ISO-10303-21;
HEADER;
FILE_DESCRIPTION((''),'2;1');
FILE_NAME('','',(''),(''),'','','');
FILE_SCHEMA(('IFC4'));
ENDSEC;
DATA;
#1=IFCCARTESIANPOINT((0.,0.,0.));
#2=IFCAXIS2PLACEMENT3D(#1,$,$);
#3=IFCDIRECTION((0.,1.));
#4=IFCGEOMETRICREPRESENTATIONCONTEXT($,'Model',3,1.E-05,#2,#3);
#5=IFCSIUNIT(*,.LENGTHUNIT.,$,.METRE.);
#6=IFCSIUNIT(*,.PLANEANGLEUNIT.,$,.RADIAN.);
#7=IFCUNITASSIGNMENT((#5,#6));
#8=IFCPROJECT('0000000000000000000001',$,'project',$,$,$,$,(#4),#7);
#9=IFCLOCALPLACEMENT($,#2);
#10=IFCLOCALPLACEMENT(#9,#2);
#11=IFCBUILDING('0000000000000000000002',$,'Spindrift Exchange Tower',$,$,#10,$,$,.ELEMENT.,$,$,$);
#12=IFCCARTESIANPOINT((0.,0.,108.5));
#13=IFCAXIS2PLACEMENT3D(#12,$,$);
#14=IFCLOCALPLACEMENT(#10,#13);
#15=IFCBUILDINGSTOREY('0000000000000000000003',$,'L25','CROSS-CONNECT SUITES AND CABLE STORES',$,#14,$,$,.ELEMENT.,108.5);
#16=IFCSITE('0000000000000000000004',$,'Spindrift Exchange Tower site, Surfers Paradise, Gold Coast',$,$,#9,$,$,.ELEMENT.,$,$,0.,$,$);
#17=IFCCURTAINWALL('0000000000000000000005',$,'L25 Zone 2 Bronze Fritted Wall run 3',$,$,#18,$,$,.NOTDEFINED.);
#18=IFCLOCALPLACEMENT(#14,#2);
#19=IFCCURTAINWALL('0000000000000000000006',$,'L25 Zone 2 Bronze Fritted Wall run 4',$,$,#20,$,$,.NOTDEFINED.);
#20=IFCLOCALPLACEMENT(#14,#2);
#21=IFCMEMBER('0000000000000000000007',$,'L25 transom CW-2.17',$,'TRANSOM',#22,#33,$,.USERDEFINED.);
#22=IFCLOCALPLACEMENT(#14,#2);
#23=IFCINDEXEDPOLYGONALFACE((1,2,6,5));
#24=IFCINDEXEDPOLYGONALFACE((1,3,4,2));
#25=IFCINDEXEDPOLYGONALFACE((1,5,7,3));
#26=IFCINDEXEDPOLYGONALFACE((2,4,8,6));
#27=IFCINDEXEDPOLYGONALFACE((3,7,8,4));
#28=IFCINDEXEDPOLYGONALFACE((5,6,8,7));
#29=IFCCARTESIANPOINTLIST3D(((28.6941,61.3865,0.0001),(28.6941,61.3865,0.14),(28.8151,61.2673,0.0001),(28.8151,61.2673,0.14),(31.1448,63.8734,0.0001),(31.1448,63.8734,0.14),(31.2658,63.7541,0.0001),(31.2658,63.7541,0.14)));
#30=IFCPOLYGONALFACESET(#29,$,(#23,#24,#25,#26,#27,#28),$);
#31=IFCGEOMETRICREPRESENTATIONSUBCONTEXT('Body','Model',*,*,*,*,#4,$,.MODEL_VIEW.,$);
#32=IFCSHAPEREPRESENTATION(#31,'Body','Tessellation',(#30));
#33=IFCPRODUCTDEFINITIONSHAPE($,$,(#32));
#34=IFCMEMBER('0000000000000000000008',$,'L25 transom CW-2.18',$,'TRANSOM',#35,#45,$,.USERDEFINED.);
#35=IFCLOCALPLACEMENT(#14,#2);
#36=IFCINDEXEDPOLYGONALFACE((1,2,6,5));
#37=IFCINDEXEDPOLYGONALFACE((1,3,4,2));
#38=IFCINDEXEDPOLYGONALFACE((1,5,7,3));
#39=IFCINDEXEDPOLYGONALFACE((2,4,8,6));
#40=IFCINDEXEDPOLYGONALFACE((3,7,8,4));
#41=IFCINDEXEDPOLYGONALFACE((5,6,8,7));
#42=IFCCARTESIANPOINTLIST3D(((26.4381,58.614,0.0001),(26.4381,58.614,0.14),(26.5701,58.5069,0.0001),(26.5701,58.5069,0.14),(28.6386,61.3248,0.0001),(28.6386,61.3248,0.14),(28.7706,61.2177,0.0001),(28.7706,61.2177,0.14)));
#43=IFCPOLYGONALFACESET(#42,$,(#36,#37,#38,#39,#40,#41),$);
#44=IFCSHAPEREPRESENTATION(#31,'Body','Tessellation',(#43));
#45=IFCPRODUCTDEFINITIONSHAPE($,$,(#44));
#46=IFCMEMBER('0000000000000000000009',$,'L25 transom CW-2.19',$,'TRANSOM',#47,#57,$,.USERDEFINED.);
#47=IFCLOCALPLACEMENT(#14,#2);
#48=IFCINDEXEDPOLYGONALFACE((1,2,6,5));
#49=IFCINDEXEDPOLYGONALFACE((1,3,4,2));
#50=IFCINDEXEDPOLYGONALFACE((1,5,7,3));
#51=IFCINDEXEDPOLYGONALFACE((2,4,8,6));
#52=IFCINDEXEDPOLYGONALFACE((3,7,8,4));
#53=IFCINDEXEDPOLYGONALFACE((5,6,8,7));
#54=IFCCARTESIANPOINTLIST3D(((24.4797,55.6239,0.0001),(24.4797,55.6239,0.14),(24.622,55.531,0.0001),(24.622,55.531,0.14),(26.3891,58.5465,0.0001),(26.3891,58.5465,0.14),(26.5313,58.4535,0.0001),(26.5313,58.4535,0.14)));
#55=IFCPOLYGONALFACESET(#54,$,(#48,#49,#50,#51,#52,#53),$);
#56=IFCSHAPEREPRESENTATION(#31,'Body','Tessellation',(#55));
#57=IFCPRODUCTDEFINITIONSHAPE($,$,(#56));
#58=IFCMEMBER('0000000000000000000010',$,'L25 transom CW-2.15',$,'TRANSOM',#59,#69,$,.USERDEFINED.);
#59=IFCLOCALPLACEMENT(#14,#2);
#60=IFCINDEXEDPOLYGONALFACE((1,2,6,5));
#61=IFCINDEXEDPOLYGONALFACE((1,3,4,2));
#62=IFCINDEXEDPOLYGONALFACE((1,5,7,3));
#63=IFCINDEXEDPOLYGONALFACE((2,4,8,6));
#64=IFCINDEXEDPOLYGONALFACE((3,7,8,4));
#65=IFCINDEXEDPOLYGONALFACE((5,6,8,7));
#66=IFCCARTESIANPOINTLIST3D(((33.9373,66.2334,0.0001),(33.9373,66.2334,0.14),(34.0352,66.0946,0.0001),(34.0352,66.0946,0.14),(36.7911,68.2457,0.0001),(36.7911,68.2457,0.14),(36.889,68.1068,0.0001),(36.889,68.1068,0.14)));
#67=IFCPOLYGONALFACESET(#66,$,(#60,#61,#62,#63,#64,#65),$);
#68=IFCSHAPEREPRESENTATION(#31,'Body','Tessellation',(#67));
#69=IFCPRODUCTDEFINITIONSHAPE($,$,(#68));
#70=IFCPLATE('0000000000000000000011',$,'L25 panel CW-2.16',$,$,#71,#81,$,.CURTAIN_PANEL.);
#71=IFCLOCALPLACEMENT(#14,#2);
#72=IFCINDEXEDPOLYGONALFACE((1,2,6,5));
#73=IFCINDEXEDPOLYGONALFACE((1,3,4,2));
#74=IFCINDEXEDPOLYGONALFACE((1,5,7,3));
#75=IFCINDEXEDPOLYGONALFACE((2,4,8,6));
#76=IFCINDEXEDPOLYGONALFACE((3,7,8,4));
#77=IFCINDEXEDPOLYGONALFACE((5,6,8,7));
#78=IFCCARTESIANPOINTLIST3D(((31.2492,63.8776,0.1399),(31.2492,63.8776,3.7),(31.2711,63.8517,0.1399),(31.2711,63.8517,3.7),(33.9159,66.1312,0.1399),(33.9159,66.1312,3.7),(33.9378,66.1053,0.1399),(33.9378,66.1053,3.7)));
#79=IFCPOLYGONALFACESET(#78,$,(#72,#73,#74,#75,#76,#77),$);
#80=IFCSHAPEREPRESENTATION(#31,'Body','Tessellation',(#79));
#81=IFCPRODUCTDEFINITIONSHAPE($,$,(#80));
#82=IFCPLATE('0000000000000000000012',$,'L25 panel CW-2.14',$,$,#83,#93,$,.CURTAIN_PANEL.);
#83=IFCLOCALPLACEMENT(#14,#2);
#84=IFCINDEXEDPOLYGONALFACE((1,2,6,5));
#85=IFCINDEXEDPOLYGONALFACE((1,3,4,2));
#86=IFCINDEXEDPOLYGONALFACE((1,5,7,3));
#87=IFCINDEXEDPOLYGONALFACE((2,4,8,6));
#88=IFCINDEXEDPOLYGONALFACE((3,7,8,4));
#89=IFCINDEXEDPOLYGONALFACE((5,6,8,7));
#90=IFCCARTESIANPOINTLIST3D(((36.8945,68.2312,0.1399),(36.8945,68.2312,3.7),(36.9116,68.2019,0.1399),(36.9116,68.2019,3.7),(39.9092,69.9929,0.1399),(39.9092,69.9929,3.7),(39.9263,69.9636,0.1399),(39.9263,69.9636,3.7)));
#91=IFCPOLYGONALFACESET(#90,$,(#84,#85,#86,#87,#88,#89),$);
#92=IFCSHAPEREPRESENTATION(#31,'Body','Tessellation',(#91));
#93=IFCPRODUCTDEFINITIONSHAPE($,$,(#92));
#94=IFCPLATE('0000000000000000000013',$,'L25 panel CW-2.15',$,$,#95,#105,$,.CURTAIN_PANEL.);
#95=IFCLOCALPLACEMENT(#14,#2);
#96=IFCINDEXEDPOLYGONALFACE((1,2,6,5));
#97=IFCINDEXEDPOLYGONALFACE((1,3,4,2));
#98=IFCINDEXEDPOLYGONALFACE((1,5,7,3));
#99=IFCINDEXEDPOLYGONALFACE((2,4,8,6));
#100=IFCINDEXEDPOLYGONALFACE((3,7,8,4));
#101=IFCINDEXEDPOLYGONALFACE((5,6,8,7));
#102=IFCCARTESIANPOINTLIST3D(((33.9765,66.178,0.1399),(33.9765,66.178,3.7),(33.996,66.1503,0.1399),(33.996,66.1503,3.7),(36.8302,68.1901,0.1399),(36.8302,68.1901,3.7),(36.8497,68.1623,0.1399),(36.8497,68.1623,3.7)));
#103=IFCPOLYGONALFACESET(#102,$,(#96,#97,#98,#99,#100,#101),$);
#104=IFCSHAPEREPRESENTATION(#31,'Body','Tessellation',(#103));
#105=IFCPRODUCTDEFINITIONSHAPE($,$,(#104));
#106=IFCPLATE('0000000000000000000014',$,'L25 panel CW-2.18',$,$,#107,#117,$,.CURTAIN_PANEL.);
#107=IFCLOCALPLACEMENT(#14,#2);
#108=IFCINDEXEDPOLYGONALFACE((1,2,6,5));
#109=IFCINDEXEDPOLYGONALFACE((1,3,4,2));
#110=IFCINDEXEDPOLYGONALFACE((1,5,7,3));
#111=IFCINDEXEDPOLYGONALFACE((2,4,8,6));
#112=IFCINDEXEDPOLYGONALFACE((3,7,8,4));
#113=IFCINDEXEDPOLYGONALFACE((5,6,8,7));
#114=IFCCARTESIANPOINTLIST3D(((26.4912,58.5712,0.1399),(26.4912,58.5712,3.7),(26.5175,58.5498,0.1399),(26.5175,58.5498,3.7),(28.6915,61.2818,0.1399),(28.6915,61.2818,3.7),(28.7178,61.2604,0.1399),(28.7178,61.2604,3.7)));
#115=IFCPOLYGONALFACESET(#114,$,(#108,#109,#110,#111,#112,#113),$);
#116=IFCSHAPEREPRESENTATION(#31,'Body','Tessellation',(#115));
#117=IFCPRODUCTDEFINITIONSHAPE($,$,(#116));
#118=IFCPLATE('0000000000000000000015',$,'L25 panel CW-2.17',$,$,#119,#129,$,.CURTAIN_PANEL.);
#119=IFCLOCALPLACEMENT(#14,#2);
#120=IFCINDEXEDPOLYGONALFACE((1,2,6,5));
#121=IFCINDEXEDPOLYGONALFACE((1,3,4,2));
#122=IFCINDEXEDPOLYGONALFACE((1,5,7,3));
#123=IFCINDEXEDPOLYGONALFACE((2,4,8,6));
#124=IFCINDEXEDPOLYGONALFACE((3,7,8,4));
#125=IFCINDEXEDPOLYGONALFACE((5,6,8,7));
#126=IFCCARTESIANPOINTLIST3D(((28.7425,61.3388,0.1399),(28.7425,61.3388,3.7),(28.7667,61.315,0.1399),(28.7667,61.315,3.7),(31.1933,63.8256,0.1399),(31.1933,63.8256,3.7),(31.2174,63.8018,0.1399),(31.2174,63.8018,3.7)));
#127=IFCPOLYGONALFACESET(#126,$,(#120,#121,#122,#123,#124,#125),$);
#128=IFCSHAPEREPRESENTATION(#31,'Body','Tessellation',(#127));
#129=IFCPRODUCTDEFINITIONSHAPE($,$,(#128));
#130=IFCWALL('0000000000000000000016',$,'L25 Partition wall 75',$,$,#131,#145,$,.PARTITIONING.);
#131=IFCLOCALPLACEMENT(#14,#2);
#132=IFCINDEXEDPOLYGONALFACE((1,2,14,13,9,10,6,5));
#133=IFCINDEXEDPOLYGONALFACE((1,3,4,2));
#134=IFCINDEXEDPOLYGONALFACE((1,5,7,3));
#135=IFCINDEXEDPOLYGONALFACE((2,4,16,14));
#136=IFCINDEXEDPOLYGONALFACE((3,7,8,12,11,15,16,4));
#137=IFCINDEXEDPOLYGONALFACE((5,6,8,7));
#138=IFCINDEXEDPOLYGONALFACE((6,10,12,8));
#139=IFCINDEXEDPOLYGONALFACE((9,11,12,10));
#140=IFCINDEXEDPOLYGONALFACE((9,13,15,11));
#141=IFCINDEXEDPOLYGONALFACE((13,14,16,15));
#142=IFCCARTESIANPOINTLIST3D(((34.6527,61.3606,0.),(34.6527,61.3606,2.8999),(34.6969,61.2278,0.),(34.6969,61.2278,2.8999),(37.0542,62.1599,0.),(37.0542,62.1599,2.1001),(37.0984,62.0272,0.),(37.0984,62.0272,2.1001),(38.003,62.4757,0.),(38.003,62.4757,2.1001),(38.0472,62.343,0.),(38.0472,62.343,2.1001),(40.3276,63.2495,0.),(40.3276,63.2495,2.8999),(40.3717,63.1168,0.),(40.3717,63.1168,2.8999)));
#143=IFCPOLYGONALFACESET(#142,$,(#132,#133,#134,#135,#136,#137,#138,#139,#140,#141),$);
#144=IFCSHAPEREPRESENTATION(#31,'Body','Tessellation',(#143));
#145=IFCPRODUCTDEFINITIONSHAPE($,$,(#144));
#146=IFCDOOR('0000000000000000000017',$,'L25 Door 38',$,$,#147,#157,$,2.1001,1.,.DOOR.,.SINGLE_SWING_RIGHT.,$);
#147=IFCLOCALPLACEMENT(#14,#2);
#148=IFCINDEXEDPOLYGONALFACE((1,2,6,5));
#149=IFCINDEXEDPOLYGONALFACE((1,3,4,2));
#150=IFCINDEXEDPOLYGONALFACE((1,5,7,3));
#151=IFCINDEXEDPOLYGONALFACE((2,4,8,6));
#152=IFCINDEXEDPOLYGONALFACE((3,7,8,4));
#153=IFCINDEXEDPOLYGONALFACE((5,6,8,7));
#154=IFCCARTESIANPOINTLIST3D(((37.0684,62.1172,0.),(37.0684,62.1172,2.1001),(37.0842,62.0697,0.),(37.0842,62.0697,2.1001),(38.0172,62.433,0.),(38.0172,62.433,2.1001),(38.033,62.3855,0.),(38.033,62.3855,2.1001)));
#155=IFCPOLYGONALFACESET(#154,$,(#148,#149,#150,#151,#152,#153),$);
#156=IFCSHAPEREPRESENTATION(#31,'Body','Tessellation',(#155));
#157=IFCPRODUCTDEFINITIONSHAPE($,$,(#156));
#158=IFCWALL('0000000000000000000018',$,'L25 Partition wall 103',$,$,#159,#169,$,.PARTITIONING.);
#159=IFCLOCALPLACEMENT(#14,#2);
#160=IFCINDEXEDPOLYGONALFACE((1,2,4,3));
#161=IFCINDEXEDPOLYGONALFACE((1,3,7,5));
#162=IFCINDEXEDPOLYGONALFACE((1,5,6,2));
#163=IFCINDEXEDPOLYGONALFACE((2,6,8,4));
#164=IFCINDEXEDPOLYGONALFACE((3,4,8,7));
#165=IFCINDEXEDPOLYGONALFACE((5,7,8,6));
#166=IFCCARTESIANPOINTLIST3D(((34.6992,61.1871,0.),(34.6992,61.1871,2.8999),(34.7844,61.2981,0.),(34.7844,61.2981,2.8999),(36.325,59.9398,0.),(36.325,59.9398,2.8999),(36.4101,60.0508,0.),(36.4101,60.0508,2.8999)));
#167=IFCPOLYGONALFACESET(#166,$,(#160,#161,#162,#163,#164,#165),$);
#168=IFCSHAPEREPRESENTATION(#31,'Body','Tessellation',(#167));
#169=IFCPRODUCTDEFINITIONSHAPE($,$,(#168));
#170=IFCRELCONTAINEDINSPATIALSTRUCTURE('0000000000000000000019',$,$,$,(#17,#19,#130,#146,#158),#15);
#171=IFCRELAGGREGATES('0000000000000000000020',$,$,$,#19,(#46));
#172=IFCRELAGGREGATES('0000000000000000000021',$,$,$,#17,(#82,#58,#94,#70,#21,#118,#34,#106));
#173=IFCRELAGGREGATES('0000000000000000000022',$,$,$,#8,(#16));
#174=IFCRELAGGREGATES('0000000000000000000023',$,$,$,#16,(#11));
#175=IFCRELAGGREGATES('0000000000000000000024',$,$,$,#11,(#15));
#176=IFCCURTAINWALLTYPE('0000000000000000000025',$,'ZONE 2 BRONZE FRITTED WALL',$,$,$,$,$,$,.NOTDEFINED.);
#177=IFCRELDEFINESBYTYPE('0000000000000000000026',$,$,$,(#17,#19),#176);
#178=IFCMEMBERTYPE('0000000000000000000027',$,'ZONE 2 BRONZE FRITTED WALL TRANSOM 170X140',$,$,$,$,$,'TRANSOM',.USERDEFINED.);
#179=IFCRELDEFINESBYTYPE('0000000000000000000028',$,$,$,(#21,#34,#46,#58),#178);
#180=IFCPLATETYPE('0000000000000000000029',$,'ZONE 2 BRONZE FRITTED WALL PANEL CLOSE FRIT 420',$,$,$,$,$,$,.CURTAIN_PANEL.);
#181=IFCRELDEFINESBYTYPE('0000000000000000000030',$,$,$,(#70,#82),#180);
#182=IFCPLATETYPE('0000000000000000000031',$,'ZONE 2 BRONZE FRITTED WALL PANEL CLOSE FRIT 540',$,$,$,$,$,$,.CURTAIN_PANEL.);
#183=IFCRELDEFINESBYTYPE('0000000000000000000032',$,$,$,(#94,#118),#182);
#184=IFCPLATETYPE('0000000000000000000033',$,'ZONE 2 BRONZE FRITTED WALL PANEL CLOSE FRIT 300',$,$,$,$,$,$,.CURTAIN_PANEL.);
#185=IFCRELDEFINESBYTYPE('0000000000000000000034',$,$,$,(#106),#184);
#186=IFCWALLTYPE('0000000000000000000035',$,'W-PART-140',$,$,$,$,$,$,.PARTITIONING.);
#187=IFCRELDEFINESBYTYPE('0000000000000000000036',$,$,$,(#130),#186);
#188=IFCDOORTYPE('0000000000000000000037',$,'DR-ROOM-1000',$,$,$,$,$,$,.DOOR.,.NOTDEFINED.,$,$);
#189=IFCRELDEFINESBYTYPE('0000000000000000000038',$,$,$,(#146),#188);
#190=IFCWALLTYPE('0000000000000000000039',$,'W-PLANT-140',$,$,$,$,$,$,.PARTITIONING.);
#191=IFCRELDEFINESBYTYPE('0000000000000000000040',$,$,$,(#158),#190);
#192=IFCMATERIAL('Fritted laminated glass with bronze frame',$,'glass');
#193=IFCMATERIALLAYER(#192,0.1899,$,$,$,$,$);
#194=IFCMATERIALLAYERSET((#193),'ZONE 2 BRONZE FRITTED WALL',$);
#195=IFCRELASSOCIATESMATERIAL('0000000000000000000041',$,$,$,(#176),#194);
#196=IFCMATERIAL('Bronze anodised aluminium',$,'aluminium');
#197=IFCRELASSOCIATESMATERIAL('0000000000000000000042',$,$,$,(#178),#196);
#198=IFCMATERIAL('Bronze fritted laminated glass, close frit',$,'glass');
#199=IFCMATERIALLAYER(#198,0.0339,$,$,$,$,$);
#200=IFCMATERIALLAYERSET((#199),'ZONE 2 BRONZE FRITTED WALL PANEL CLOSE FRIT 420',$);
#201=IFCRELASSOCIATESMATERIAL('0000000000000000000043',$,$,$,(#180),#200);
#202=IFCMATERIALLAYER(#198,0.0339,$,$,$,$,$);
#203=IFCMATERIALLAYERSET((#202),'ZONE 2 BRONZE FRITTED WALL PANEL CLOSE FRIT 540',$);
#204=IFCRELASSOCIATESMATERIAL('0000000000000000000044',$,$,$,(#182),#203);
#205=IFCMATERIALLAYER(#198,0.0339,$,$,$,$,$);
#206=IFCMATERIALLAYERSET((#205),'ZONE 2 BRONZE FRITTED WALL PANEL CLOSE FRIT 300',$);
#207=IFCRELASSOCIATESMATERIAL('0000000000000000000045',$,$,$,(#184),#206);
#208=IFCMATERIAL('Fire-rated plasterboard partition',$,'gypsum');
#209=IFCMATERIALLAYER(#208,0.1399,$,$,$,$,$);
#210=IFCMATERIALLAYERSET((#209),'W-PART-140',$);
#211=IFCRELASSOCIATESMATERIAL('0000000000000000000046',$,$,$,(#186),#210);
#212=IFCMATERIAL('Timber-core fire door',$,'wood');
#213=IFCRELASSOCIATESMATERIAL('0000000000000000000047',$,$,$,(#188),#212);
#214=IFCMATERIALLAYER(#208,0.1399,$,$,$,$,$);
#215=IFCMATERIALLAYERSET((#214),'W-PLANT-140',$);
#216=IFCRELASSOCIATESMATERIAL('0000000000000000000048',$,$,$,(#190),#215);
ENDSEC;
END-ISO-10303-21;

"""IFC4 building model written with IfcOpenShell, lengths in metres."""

from ifc_helpers import new_model, si_unit, direction, frame, frame_2d, origin, origin_2d, place, context, subcontext, project, spatial, rectangle, extrude, source, transform, mapped, material, layer, layer_set, material_profile, profile_set, type_object, element, fill, aggregate, save


model = new_model("IFC4")

# Units and contexts
model_context = context("Model", 3, precision=1e-05, world=origin(), true_north=direction((0.0, 1.0)))
body_context = subcontext(model_context, "Body", "Model", "MODEL_VIEW")
ifc_project = project(units=[si_unit("LENGTHUNIT", "METRE"), si_unit("PLANEANGLEUNIT", "RADIAN")], contexts=[model_context])

# Site, building, storey
site_placement = place(None, origin())
site = spatial("IfcSite", under=ifc_project, at=site_placement, Name="Spindrift Exchange Tower site, Surfers Paradise, Gold Coast", CompositionType="ELEMENT", RefElevation=0.0)
building_placement = place(site_placement, origin())
building = spatial("IfcBuilding", under=site, at=building_placement, Name="Spindrift Exchange Tower", CompositionType="ELEMENT")
storey_placement = place(building_placement, frame((0.0, 0.0, 108.5)))
storey = spatial("IfcBuildingStorey", under=building, at=storey_placement, Name="L25", Description="CROSS-CONNECT SUITES AND CABLE STORES", CompositionType="ELEMENT", Elevation=108.5)

# Curtain wall
ifc_material_1 = material(Name="Fritted laminated glass with bronze frame", Category="glass")
ifc_layer_1 = layer(ifc_material_1, 0.1899)
ifc_layer_set_1 = layer_set([ifc_layer_1], Name="ZONE 2 BRONZE FRITTED WALL")
curtain_wall_type = type_object("IfcCurtainWallType", Name="ZONE 2 BRONZE FRITTED WALL", PredefinedType="NOTDEFINED", material=ifc_layer_set_1)
curtain_wall_1_placement = place(storey_placement, origin())
curtain_wall_1 = element("IfcCurtainWall", 1, at=curtain_wall_1_placement, inside=storey, type_object=curtain_wall_type, Name="L25 Zone 2 Bronze Fritted Wall run 3", PredefinedType="NOTDEFINED")
ifc_material_2 = material(Name="Bronze anodised aluminium", Category="aluminium")

# Curtain wall
curtain_wall_2_placement = place(storey_placement, origin())
curtain_wall_2 = element("IfcCurtainWall", 2, at=curtain_wall_2_placement, inside=storey, type_object=curtain_wall_type, Name="L25 Zone 2 Bronze Fritted Wall run 4", PredefinedType="NOTDEFINED")

# Members
ifc_material_profile_1 = material_profile(ifc_material_2, rectangle(XDim=0.1699, YDim=0.1399, at=origin_2d()), Name="ZONE 2 BRONZE FRITTED WALL TRANSOM 170X140")
ifc_profile_set_1 = profile_set([ifc_material_profile_1], Name="Bronze anodised aluminium")
member_type_1 = type_object("IfcMemberType", Name="ZONE 2 BRONZE FRITTED WALL TRANSOM 170X140", ElementType="TRANSOM", PredefinedType="USERDEFINED", material=ifc_profile_set_1)
shared_shape_1 = source(origin(), body_context, "Body", "SweptSolid", [
    extrude(rectangle(XDim=0.1699, YDim=0.1399, at=origin_2d()), origin(), (0.0, 0.0, 1.0), 3.4915),
])
member_1_placement = place(storey_placement, frame((31.2053, 63.8137, 0.0701), z_axis=(-0.701913, -0.712262, 0.0), x_axis=(0.712262, -0.701913, 0.0)))
member_1 = element("IfcMember", 3, at=member_1_placement, type_object=member_type_1, Name="L25 transom CW-2.17", ObjectType="TRANSOM", PredefinedType="USERDEFINED", context=body_context, shape_type="MappedRepresentation", body=[
    mapped(shared_shape_1, transform((0.0, 0.0, 0.0), scale=1.0)),
])
member_2_placement = place(storey_placement, frame((28.7046, 61.2712, 0.0701), z_axis=(-0.630248, -0.776394, 0.0), x_axis=(0.776394, -0.630248, 0.0)))
member_2 = element("IfcMember", 4, at=member_2_placement, type_object=member_type_1, Name="L25 transom CW-2.18", ObjectType="TRANSOM", PredefinedType="USERDEFINED", context=body_context, shape_type="MappedRepresentation", body=[
    mapped(shared_shape_1, transform((0.0, 0.0, 0.0), scale=1.0)),
])
shared_shape_2 = source(origin(), body_context, "Body", "SweptSolid", [
    extrude(rectangle(XDim=0.1699, YDim=0.1399, at=origin_2d()), origin(), (0.0, 0.0, 1.0), 3.491),
])
member_3_placement = place(storey_placement, frame((26.4602, 58.5, 0.0701), z_axis=(-0.546946, -0.837168, 0.0), x_axis=(0.837168, -0.546946, 0.0)))
member_3 = element("IfcMember", 5, at=member_3_placement, type_object=member_type_1, Name="L25 transom CW-2.19", ObjectType="TRANSOM", PredefinedType="USERDEFINED", context=body_context, shape_type="MappedRepresentation", body=[
    mapped(shared_shape_2, transform((0.0, 0.0, 0.0), scale=1.0)),
])
aggregate(curtain_wall_2, [member_3])
shared_shape_3 = source(origin(), body_context, "Body", "SweptSolid", [
    extrude(rectangle(XDim=0.1699, YDim=0.1399, at=origin_2d()), origin(), (0.0, 0.0, 1.0), 3.4919),
])
member_4_placement = place(storey_placement, frame((36.8401, 68.1763, 0.0701), z_axis=(-0.817266, -0.57626, 0.0), x_axis=(0.57626, -0.817266, 0.0)))
member_4 = element("IfcMember", 6, at=member_4_placement, type_object=member_type_1, Name="L25 transom CW-2.15", ObjectType="TRANSOM", PredefinedType="USERDEFINED", context=body_context, shape_type="MappedRepresentation", body=[
    mapped(shared_shape_3, transform((0.0, 0.0, 0.0), scale=1.0)),
])

# Plates
ifc_material_3 = material(Name="Bronze fritted laminated glass, close frit", Category="glass")
ifc_layer_2 = layer(ifc_material_3, 0.0339)
ifc_layer_set_2 = layer_set([ifc_layer_2], Name="ZONE 2 BRONZE FRITTED WALL PANEL CLOSE FRIT 420")
plate_type_1 = type_object("IfcPlateType", Name="ZONE 2 BRONZE FRITTED WALL PANEL CLOSE FRIT 420", PredefinedType="CURTAIN_PANEL", material=ifc_layer_set_2)
shared_shape_4 = source(origin(), body_context, "Body", "SweptSolid", [
    extrude(rectangle(XDim=3.4915, YDim=0.0339, at=origin_2d()), origin(), (0.0, 0.0, 1.0), 3.5601),
])
plate_1_placement = place(storey_placement, frame((32.5935, 64.9915, 0.1399), z_axis=(0.0, 0.0, 1.0), x_axis=(-0.763802, -0.645451, 0.0)))
plate_1 = element("IfcPlate", 7, at=plate_1_placement, type_object=plate_type_1, Name="L25 panel CW-2.16", PredefinedType="CURTAIN_PANEL", context=body_context, shape_type="MappedRepresentation", body=[
    mapped(shared_shape_4, transform((0.0, 0.0, 0.0), scale=1.0)),
])
shared_shape_5 = source(origin(), body_context, "Body", "SweptSolid", [
    extrude(rectangle(XDim=3.4917, YDim=0.0339, at=origin_2d()), origin(), (0.0, 0.0, 1.0), 3.5601),
])
plate_2_placement = place(storey_placement, frame((38.4104, 69.0974, 0.1399), z_axis=(0.0, 0.0, 1.0), x_axis=(-0.86339, -0.504537, 0.0)))
plate_2 = element("IfcPlate", 8, at=plate_2_placement, type_object=plate_type_1, Name="L25 panel CW-2.14", PredefinedType="CURTAIN_PANEL", context=body_context, shape_type="MappedRepresentation", body=[
    mapped(shared_shape_5, transform((0.0, 0.0, 0.0), scale=1.0)),
])
ifc_layer_3 = layer(ifc_material_3, 0.0339)
ifc_layer_set_3 = layer_set([ifc_layer_3], Name="ZONE 2 BRONZE FRITTED WALL PANEL CLOSE FRIT 540")
plate_type_2 = type_object("IfcPlateType", Name="ZONE 2 BRONZE FRITTED WALL PANEL CLOSE FRIT 540", PredefinedType="CURTAIN_PANEL", material=ifc_layer_set_3)
shared_shape_6 = source(origin(), body_context, "Body", "SweptSolid", [
    extrude(rectangle(XDim=3.4917, YDim=0.0339, at=origin_2d()), origin(), (0.0, 0.0, 1.0), 3.5601),
])
plate_3_placement = place(storey_placement, frame((35.4131, 67.1702, 0.1399), z_axis=(0.0, 0.0, 1.0), x_axis=(-0.817278, -0.576244, 0.0)))
plate_3 = element("IfcPlate", 9, at=plate_3_placement, type_object=plate_type_2, Name="L25 panel CW-2.15", PredefinedType="CURTAIN_PANEL", context=body_context, shape_type="MappedRepresentation", body=[
    mapped(shared_shape_6, transform((0.0, 0.0, 0.0), scale=1.0)),
])
ifc_layer_4 = layer(ifc_material_3, 0.0339)
ifc_layer_set_4 = layer_set([ifc_layer_4], Name="ZONE 2 BRONZE FRITTED WALL PANEL CLOSE FRIT 300")
plate_type_3 = type_object("IfcPlateType", Name="ZONE 2 BRONZE FRITTED WALL PANEL CLOSE FRIT 300", PredefinedType="CURTAIN_PANEL", material=ifc_layer_set_4)
shared_shape_7 = source(origin(), body_context, "Body", "SweptSolid", [
    extrude(rectangle(XDim=3.4912, YDim=0.0339, at=origin_2d()), origin(), (0.0, 0.0, 1.0), 3.5601),
])
plate_4_placement = place(storey_placement, frame((27.6045, 59.9158, 0.1399), z_axis=(0.0, 0.0, 1.0), x_axis=(-0.630233, -0.776406, 0.0)))
plate_4 = element("IfcPlate", 10, at=plate_4_placement, type_object=plate_type_3, Name="L25 panel CW-2.18", PredefinedType="CURTAIN_PANEL", context=body_context, shape_type="MappedRepresentation", body=[
    mapped(shared_shape_7, transform((0.0, 0.0, 0.0), scale=1.0)),
])
shared_shape_8 = source(origin(), body_context, "Body", "SweptSolid", [
    extrude(rectangle(XDim=3.4915, YDim=0.0339, at=origin_2d()), origin(), (0.0, 0.0, 1.0), 3.5601),
])
plate_5_placement = place(storey_placement, frame((29.98, 62.5703, 0.1399), z_axis=(0.0, 0.0, 1.0), x_axis=(-0.701929, -0.712247, 0.0)))
plate_5 = element("IfcPlate", 11, at=plate_5_placement, type_object=plate_type_2, Name="L25 panel CW-2.17", PredefinedType="CURTAIN_PANEL", context=body_context, shape_type="MappedRepresentation", body=[
    mapped(shared_shape_8, transform((0.0, 0.0, 0.0), scale=1.0)),
])
aggregate(curtain_wall_1, [plate_2, member_4, plate_3, plate_1, member_1, plate_5, member_2, plate_4])

# Wall, opening, door
ifc_material_4 = material(Name="Fire-rated plasterboard partition", Category="gypsum")
ifc_layer_5 = layer(ifc_material_4, 0.1399)
ifc_layer_set_5 = layer_set([ifc_layer_5], Name="W-PART-140")
wall_type_1 = type_object("IfcWallType", Name="W-PART-140", PredefinedType="PARTITIONING", material=ifc_layer_set_5)
wall_1_placement = place(storey_placement, frame((34.6748, 61.2942, 0.0), z_axis=(0.0, 0.0, 1.0), x_axis=(0.948818, 0.315824, 0.0)))
wall_1 = element("IfcWall", 12, at=wall_1_placement, inside=storey, type_object=wall_type_1, Name="L25 Partition wall 75", PredefinedType="PARTITIONING", context=body_context, shape_type="SweptSolid", body=[
    extrude(rectangle(XDim=5.981, YDim=0.1399, at=frame_2d((2.9905, 0.0))), origin(), (0.0, 0.0, 1.0), 2.8999),
])
opening_1_placement = place(wall_1_placement, frame((2.531, 0.0, 0.0)))
opening_1 = element("IfcOpeningElement", 13, at=opening_1_placement, cuts=wall_1, PredefinedType="OPENING", context=body_context, shape_type="SweptSolid", body=[
    extrude(rectangle(XDim=1.0, YDim=2.1001, at=frame_2d((0.5, 1.05))), frame((0.0, 0.0798, 0.0), z_axis=(0.0, -1.0, 0.0), x_axis=(1.0, 0.0, 0.0)), (0.0, 0.0, 1.0), 0.1599),
])
ifc_material_5 = material(Name="Timber-core fire door", Category="wood")
door_type = type_object("IfcDoorType", Name="DR-ROOM-1000", OperationType="NOTDEFINED", PredefinedType="DOOR", material=ifc_material_5)
shared_shape_9 = source(origin(), body_context, "Body", "SweptSolid", [
    extrude(rectangle(XDim=1.0, YDim=2.1001, at=frame_2d((0.5, 1.05))), frame((0.0, 0.0249, 0.0), z_axis=(0.0, -1.0, 0.0), x_axis=(1.0, 0.0, 0.0)), (0.0, 0.0, 1.0), 0.05),
])
door_1_placement = place(opening_1_placement, origin())
door_1 = element("IfcDoor", 14, at=door_1_placement, inside=storey, type_object=door_type, Name="L25 Door 38", OperationType="SINGLE_SWING_RIGHT", OverallHeight=2.1001, OverallWidth=1.0, PredefinedType="DOOR", context=body_context, shape_type="MappedRepresentation", body=[
    mapped(shared_shape_9, transform((0.0, 0.0, 0.0), scale=1.0)),
])
fill(opening_1, door_1)

# Wall
ifc_layer_6 = layer(ifc_material_4, 0.1399)
ifc_layer_set_6 = layer_set([ifc_layer_6], Name="W-PLANT-140")
wall_type_2 = type_object("IfcWallType", Name="W-PLANT-140", PredefinedType="PARTITIONING", material=ifc_layer_set_6)
wall_2_placement = place(storey_placement, frame((36.3674, 59.9954, 0.0), z_axis=(0.0, 0.0, 1.0), x_axis=(-0.79339, 0.608714, 0.0)))
element("IfcWall", 15, at=wall_2_placement, inside=storey, type_object=wall_type_2, Name="L25 Partition wall 103", PredefinedType="PARTITIONING", context=body_context, shape_type="SweptSolid", body=[
    extrude(rectangle(XDim=2.0491, YDim=0.1399, at=frame_2d((1.0244, 0.0))), origin(), (0.0, 0.0, 1.0), 2.8999),
])

save(model, "model.ifc")
